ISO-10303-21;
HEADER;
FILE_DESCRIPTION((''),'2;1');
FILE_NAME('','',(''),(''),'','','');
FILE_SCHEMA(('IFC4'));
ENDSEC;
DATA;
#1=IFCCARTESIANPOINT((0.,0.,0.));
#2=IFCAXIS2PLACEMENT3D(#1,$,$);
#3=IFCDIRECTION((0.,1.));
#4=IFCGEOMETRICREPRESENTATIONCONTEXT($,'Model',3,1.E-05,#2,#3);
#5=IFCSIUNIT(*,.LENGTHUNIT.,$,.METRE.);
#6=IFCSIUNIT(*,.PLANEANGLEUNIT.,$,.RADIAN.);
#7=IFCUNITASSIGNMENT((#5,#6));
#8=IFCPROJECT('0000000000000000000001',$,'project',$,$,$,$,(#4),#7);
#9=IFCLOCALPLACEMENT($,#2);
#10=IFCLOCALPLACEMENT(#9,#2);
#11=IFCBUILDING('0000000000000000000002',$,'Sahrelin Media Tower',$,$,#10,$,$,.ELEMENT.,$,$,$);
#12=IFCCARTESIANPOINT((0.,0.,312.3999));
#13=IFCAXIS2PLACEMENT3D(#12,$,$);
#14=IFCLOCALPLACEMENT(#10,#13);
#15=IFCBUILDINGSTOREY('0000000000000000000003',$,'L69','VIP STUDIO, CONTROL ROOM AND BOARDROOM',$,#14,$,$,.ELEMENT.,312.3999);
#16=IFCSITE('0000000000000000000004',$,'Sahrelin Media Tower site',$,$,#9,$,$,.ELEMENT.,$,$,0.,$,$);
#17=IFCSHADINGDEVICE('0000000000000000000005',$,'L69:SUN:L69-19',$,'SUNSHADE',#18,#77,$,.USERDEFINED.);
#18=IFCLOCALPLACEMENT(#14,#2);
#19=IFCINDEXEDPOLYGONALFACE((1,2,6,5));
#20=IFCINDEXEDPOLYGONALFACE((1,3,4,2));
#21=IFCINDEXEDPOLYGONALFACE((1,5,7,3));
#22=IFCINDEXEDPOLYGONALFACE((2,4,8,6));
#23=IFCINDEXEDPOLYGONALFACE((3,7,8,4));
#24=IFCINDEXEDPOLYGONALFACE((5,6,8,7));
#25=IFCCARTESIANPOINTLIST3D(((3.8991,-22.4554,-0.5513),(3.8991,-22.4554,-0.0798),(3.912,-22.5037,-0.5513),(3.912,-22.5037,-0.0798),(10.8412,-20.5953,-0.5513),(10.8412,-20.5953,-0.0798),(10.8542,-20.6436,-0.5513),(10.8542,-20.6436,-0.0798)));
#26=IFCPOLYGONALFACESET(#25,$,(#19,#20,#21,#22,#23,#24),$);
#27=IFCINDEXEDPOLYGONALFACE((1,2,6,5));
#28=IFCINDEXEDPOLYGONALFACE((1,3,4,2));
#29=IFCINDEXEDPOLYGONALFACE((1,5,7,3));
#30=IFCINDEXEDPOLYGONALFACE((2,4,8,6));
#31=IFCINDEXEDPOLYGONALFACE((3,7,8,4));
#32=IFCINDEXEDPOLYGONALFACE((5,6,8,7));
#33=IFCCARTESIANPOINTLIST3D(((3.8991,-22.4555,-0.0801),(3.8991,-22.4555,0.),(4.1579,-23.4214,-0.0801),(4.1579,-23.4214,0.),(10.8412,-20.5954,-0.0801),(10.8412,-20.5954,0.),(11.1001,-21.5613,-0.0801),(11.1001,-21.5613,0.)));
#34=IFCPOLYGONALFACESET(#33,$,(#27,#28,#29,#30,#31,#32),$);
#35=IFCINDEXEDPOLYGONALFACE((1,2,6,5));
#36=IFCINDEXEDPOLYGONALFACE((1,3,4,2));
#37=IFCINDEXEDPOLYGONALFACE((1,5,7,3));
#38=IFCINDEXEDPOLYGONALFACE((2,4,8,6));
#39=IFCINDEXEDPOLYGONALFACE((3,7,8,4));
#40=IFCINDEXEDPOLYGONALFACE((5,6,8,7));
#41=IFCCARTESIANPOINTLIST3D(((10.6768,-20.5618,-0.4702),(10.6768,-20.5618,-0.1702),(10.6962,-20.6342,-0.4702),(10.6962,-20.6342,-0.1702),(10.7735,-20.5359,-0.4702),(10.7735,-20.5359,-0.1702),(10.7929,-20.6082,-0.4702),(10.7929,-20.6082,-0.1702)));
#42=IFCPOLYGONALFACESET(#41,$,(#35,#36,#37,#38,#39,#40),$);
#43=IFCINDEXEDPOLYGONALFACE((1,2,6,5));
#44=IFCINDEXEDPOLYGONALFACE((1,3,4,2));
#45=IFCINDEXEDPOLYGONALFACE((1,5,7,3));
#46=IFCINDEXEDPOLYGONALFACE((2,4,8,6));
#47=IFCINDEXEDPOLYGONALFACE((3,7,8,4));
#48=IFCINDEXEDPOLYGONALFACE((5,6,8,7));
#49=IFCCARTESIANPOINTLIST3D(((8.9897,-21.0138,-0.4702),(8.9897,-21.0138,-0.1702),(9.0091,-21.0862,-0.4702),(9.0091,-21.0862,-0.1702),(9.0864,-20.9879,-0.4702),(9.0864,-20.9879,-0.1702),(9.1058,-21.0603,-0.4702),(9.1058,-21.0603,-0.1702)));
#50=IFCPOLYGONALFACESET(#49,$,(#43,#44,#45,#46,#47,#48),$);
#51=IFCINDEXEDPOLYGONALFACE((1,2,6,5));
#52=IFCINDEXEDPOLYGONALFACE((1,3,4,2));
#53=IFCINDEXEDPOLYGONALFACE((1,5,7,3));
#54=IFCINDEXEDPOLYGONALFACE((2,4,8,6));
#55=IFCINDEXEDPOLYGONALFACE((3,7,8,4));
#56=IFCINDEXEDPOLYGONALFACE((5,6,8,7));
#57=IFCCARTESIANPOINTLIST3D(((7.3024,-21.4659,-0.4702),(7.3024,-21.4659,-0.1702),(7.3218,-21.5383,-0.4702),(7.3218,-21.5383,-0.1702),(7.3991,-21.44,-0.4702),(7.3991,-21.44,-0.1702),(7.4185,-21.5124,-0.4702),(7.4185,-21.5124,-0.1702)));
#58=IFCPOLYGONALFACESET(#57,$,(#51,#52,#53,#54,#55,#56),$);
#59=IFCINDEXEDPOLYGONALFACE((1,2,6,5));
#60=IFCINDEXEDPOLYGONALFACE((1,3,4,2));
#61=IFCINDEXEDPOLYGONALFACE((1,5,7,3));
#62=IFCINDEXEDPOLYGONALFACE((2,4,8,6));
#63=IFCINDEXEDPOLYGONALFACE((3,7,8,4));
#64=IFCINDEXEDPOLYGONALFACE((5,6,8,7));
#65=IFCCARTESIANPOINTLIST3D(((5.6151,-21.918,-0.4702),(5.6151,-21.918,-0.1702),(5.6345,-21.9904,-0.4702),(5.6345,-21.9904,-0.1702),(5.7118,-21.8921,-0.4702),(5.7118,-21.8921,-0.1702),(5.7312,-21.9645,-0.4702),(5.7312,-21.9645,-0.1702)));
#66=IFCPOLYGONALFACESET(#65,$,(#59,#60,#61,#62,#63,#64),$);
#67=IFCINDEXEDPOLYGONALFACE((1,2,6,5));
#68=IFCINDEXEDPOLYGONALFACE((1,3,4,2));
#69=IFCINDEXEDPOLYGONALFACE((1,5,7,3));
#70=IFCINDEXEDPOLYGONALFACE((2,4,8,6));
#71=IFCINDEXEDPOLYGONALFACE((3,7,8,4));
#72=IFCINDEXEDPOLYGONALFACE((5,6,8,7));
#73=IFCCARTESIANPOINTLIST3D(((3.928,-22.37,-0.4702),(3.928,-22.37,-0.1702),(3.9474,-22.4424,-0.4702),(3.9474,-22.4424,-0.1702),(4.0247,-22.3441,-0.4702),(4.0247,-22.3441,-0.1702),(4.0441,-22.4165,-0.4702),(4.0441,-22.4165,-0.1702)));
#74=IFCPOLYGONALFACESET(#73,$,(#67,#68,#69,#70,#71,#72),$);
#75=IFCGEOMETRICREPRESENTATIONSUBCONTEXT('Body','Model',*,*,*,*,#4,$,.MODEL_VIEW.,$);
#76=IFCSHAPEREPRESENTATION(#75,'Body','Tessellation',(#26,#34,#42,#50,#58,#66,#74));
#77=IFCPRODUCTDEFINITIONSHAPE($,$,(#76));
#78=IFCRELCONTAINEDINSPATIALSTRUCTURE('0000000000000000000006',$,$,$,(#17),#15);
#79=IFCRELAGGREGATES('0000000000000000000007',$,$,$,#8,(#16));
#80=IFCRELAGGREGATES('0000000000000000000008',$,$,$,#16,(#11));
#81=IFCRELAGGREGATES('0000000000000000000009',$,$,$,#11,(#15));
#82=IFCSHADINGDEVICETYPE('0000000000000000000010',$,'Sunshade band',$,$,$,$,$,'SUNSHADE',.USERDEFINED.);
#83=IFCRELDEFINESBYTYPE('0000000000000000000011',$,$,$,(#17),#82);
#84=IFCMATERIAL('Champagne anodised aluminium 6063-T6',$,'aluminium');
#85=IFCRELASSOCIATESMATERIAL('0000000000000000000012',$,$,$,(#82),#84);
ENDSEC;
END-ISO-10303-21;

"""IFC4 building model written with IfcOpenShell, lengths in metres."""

from ifc_helpers import new_model, si_unit, direction, frame, origin, origin_2d, place, context, subcontext, project, spatial, rectangle, extrude, material, type_object, element, save


model = new_model("IFC4")

# Units and contexts
model_context = context("Model", 3, precision=1e-05, world=origin(), true_north=direction((0.0, 1.0)))
body_context = subcontext(model_context, "Body", "Model", "MODEL_VIEW")
ifc_project = project(units=[si_unit("LENGTHUNIT", "METRE"), si_unit("PLANEANGLEUNIT", "RADIAN")], contexts=[model_context])

# Site, building, storey
site_placement = place(None, origin())
site = spatial("IfcSite", under=ifc_project, at=site_placement, Name="Sahrelin Media Tower site", CompositionType="ELEMENT", RefElevation=0.0)
building_placement = place(site_placement, origin())
building = spatial("IfcBuilding", under=site, at=building_placement, Name="Sahrelin Media Tower", CompositionType="ELEMENT")
storey_placement = place(building_placement, frame((0.0, 0.0, 312.3999)))
storey = spatial("IfcBuildingStorey", under=building, at=storey_placement, Name="L69", Description="VIP STUDIO, CONTROL ROOM AND BOARDROOM", CompositionType="ELEMENT", Elevation=312.3999)

# Shared definitions
ifc_material_1 = material(Name="Champagne anodised aluminium 6063-T6", Category="aluminium")

# Shared definitions
placement_1 = place(storey_placement, frame((7.365, -21.5061, 0.0), z_axis=(0.0, 0.0, 1.0), x_axis=(-0.965929, -0.258808, 0.0)))

# Shading device
shading_device_type_1 = type_object("IfcShadingDeviceType", Name="Sunshade band", ElementType="SUNSHADE", PredefinedType="USERDEFINED", material=ifc_material_1)
element("IfcShadingDevice", 1, at=placement_1, inside=storey, type_object=shading_device_type_1, Name="L69:SUN:L69-19", ObjectType="SUNSHADE", PredefinedType="USERDEFINED", context=body_context, shape_type="SweptSolid", body=[
    extrude(rectangle(XDim=7.187, YDim=0.05, at=origin_2d()), frame((0.0, 0.0449, -0.5513)), (0.0, 0.0, 1.0), 0.4714),
    extrude(rectangle(XDim=7.187, YDim=1.0, at=origin_2d()), frame((0.0, 0.52, -0.0801)), (0.0, 0.0, 1.0), 0.0801),
    extrude(rectangle(XDim=0.1001, YDim=0.075, at=origin_2d()), frame((-3.4934, -0.0176, -0.4702)), (0.0, 0.0, 1.0), 0.3),
    extrude(rectangle(XDim=0.1001, YDim=0.075, at=origin_2d()), frame((-1.7468, -0.0176, -0.4702)), (0.0, 0.0, 1.0), 0.3),
    extrude(rectangle(XDim=0.1001, YDim=0.075, at=origin_2d()), frame((0.0, -0.0176, -0.4702)), (0.0, 0.0, 1.0), 0.3),
    extrude(rectangle(XDim=0.1001, YDim=0.075, at=origin_2d()), frame((1.7468, -0.0176, -0.4702)), (0.0, 0.0, 1.0), 0.3),
    extrude(rectangle(XDim=0.1001, YDim=0.075, at=origin_2d()), frame((3.4934, -0.0176, -0.4702)), (0.0, 0.0, 1.0), 0.3),
])

save(model, "model.ifc")
